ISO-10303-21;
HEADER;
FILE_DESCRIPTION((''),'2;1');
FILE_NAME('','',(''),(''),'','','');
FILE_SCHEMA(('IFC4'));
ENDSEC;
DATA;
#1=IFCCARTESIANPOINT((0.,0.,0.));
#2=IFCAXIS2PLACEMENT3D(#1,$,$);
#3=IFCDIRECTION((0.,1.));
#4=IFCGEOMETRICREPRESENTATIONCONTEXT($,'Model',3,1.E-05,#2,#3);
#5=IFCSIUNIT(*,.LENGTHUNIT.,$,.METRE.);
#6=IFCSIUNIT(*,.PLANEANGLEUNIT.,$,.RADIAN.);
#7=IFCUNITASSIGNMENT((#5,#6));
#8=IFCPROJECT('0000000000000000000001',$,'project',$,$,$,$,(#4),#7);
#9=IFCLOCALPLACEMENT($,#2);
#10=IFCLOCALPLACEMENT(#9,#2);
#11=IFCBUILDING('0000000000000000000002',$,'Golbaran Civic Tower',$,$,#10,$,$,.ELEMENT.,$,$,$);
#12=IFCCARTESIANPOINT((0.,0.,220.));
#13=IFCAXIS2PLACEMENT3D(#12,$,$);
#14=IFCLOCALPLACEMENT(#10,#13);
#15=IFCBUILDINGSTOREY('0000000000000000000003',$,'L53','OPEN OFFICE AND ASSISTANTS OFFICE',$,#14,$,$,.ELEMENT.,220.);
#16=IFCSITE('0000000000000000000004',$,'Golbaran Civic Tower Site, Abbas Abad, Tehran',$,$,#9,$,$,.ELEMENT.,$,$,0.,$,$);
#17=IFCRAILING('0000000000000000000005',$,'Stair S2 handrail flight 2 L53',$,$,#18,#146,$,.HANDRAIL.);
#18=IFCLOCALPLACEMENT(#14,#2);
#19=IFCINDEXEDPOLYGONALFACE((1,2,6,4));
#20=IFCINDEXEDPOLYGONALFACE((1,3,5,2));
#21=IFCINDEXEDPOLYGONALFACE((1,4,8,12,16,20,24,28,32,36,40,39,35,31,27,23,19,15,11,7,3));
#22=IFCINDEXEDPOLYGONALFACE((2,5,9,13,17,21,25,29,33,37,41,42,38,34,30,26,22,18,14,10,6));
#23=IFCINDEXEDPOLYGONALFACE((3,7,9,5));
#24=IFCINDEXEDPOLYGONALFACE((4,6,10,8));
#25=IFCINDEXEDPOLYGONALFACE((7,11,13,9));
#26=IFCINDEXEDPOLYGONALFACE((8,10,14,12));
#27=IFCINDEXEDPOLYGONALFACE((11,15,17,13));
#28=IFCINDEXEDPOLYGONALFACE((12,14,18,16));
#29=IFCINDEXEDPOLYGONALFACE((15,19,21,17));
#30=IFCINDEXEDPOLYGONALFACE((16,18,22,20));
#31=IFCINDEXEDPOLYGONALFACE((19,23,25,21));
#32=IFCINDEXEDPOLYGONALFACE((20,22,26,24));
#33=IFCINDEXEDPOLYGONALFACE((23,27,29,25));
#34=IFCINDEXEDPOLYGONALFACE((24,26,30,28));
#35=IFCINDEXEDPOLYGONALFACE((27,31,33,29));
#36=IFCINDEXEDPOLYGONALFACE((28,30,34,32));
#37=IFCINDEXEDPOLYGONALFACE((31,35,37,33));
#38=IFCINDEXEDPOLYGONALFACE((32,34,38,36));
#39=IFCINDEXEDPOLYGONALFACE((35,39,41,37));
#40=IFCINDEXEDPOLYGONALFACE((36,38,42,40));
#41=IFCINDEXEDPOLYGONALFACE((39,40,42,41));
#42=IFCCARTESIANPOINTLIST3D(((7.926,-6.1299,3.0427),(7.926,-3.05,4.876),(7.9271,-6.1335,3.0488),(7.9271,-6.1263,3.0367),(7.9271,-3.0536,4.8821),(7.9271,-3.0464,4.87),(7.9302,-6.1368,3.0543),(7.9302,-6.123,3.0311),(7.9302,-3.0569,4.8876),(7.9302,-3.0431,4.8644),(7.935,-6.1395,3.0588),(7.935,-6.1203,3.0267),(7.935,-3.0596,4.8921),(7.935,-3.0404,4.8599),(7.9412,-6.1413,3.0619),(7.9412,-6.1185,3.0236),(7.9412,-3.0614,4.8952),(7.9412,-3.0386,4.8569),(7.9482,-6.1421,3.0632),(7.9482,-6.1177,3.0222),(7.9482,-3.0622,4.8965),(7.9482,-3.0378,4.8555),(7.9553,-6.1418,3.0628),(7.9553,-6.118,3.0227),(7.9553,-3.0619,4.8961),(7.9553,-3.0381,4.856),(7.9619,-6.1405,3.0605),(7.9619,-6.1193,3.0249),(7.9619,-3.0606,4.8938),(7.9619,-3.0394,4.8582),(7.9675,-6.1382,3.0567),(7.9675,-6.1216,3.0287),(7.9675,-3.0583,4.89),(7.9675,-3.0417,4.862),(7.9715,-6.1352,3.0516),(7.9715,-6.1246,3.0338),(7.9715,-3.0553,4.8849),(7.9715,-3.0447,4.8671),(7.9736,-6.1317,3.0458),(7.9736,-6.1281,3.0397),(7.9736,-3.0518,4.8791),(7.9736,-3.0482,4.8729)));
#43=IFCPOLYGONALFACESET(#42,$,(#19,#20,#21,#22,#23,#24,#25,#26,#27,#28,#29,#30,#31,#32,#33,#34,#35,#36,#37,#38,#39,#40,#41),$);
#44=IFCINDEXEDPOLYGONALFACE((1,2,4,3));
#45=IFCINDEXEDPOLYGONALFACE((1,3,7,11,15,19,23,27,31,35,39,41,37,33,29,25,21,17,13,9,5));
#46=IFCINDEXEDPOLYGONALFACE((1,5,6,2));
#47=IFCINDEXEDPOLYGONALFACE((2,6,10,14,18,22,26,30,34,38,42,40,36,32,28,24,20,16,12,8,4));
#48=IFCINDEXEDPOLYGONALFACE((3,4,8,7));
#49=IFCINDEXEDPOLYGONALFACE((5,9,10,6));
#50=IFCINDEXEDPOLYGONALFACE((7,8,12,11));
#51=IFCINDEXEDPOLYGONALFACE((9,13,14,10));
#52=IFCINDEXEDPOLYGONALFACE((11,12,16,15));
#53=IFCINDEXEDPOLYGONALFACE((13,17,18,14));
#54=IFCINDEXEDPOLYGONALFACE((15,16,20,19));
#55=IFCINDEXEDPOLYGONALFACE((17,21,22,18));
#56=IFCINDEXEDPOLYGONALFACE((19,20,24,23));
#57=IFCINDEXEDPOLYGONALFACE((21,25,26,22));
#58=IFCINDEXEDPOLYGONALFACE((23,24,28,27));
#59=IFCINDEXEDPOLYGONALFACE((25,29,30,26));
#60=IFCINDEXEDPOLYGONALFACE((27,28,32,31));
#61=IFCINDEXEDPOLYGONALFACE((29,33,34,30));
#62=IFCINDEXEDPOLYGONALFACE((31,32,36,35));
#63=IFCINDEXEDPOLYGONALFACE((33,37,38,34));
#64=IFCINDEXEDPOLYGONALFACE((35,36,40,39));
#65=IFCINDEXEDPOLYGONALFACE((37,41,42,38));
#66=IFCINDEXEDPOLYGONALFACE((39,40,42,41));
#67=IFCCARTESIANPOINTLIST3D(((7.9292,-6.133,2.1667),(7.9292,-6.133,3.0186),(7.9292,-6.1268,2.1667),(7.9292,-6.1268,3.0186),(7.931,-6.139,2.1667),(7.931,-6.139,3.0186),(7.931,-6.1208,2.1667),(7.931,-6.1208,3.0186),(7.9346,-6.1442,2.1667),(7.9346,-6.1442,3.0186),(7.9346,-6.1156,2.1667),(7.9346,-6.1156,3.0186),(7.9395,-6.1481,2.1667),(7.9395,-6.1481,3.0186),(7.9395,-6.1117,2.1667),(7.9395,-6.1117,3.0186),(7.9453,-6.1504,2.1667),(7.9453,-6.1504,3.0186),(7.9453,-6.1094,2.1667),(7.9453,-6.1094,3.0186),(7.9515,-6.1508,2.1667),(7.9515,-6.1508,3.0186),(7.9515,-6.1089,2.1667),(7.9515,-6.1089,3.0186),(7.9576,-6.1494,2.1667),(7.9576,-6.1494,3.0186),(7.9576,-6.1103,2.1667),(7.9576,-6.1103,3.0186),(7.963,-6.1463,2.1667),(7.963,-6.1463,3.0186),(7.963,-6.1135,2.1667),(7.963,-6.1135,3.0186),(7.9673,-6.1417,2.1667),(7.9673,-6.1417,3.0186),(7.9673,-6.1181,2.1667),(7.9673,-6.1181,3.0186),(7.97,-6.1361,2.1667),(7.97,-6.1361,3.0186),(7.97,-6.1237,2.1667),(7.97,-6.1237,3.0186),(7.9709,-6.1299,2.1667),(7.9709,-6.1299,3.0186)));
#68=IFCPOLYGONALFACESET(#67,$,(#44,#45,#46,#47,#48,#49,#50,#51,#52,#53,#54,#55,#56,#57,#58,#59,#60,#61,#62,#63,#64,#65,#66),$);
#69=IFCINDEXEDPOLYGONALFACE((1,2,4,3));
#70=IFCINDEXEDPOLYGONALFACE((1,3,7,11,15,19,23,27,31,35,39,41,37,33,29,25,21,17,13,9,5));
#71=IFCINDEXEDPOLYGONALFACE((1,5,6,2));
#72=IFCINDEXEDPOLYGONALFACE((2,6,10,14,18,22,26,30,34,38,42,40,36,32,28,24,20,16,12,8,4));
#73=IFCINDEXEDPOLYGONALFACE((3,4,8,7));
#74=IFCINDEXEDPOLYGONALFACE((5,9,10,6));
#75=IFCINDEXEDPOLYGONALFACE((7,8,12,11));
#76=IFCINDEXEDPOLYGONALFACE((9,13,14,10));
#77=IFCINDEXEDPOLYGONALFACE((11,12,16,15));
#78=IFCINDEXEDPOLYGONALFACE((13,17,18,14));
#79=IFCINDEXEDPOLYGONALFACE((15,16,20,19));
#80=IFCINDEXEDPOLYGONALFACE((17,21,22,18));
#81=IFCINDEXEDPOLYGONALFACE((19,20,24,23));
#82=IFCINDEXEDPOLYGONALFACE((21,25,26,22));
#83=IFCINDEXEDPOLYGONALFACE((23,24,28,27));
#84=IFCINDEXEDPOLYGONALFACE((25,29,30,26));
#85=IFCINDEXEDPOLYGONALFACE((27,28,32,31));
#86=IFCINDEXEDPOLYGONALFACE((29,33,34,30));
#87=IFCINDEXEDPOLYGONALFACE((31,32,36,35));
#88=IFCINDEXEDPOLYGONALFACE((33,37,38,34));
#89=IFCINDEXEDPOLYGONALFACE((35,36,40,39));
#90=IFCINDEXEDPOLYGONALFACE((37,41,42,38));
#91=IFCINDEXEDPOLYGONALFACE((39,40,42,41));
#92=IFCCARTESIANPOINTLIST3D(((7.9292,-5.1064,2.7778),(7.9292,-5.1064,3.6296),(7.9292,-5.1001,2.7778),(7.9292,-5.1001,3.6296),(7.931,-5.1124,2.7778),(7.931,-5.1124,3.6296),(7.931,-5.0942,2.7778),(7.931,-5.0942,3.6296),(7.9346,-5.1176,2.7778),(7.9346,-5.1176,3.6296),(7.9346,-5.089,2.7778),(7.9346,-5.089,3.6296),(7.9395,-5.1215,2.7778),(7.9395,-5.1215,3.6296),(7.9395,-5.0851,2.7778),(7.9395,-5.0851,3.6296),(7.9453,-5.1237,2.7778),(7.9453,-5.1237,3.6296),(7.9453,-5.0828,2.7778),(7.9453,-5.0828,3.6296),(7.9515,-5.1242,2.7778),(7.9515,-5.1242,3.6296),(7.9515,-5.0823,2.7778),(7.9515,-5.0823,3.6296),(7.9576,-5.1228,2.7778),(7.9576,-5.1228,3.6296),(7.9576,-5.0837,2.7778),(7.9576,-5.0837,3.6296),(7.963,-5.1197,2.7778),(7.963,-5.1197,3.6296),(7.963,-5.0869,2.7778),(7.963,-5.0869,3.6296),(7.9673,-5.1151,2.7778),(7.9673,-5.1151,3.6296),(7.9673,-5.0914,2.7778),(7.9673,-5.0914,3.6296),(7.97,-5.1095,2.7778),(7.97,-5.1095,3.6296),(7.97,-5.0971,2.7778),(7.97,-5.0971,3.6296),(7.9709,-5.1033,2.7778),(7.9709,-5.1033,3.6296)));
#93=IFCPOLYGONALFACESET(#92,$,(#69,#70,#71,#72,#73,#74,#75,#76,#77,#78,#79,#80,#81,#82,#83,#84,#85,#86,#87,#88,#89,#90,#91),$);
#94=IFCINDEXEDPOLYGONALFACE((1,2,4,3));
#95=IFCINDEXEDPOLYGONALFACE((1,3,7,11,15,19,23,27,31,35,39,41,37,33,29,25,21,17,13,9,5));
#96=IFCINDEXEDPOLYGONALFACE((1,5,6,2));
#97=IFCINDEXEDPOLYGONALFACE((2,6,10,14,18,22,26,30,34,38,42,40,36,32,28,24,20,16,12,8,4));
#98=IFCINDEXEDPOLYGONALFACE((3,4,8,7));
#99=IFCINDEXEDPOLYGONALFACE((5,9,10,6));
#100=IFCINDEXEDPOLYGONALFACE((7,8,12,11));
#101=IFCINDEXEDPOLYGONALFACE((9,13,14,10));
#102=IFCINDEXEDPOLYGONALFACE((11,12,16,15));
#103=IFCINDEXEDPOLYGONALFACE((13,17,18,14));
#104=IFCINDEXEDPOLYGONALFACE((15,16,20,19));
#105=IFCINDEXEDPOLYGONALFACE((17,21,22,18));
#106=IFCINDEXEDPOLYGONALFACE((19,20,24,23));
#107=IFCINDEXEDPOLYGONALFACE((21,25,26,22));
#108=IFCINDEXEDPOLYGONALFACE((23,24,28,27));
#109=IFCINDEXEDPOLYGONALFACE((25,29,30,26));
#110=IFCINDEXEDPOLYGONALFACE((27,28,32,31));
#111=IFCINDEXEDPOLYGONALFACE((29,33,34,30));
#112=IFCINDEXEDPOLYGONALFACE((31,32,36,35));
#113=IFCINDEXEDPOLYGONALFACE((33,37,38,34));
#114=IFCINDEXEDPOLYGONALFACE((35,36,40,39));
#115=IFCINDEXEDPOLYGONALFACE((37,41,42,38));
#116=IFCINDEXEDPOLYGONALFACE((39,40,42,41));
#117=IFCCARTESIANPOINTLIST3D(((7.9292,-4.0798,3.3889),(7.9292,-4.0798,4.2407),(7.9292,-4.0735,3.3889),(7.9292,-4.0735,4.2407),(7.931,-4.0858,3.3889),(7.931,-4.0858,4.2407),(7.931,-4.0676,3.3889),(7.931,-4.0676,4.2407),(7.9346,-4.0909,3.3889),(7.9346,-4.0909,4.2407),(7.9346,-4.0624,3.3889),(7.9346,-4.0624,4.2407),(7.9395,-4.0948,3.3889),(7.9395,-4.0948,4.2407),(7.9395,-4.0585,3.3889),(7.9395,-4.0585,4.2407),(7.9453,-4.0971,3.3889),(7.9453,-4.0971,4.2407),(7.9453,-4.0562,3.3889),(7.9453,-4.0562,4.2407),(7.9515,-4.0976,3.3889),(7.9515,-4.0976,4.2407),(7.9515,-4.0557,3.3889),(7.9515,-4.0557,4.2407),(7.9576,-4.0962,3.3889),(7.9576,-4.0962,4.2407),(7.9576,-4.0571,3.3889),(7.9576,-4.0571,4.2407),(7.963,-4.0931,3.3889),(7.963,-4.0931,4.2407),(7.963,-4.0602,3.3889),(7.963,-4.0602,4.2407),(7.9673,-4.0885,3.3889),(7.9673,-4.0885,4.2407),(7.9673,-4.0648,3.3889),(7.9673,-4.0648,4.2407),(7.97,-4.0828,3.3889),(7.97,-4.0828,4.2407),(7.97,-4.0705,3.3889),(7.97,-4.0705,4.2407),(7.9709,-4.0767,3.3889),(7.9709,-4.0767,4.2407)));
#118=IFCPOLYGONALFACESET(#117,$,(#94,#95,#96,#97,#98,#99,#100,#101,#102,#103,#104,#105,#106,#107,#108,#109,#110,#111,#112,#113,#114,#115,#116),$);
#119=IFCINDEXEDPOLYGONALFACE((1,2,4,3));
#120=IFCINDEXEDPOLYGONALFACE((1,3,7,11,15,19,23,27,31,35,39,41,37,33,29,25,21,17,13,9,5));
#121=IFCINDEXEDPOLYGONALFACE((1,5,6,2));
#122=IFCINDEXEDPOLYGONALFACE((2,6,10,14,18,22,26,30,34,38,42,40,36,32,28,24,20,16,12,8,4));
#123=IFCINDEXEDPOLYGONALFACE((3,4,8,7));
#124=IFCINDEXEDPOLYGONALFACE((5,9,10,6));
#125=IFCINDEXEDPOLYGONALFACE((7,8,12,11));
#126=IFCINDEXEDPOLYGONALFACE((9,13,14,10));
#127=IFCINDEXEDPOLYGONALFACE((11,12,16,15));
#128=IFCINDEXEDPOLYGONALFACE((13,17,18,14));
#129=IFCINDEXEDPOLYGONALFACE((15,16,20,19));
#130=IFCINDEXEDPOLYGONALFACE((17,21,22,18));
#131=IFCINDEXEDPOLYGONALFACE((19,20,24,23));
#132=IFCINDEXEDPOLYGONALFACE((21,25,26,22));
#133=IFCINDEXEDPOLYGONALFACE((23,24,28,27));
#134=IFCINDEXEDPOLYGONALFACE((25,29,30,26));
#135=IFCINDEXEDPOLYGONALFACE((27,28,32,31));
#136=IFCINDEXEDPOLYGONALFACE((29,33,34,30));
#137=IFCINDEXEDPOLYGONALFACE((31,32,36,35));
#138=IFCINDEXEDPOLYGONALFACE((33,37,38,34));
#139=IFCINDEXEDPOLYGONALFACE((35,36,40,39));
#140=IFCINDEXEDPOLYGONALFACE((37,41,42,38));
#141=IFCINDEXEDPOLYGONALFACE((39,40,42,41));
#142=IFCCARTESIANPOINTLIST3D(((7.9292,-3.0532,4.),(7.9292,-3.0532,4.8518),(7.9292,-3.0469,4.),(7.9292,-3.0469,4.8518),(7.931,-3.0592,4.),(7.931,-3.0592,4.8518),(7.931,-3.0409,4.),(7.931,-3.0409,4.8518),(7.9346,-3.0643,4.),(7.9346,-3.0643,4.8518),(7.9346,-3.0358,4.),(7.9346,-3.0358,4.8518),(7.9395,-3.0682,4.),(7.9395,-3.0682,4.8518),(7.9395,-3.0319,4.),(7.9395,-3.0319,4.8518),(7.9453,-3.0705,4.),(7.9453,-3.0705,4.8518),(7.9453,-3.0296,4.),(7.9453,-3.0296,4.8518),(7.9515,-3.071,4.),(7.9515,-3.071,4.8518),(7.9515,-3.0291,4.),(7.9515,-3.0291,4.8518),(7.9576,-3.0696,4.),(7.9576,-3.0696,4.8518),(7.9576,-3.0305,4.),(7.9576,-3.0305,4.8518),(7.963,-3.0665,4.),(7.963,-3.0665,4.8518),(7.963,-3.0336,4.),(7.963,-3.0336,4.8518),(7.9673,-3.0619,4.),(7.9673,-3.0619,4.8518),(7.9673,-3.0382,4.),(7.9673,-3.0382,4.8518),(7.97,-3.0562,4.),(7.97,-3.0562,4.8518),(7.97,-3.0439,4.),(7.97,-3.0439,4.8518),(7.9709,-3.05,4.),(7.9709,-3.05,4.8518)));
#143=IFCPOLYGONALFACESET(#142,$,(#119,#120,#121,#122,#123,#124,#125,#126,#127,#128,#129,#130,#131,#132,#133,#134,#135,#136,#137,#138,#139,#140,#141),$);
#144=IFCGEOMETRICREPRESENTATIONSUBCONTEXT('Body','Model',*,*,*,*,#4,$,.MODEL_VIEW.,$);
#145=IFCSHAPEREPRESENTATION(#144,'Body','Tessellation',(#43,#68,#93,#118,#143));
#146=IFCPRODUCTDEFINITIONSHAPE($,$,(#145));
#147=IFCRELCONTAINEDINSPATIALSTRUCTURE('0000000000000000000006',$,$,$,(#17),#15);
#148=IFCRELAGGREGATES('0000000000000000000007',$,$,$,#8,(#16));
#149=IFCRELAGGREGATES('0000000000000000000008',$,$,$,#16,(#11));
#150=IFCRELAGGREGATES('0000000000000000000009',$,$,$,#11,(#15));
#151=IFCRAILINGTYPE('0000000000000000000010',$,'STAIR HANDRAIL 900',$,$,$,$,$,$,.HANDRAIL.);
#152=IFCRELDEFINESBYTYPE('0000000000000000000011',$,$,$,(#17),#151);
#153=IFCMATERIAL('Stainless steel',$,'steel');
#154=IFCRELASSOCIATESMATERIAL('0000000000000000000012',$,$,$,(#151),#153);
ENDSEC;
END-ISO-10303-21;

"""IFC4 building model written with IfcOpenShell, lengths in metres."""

from ifc_helpers import new_model, si_unit, direction, frame, origin, origin_2d, place, context, subcontext, project, spatial, circle, extrude, material, type_object, element, save


model = new_model("IFC4")

# Units and contexts
model_context = context("Model", 3, precision=1e-05, world=origin(), true_north=direction((0.0, 1.0)))
body_context = subcontext(model_context, "Body", "Model", "MODEL_VIEW")
ifc_project = project(units=[si_unit("LENGTHUNIT", "METRE"), si_unit("PLANEANGLEUNIT", "RADIAN")], contexts=[model_context])

# Site, building, storey
site_placement = place(None, origin())
site = spatial("IfcSite", under=ifc_project, at=site_placement, Name="Golbaran Civic Tower Site, Abbas Abad, Tehran", CompositionType="ELEMENT", RefElevation=0.0)
building_placement = place(site_placement, origin())
building = spatial("IfcBuilding", under=site, at=building_placement, Name="Golbaran Civic Tower", CompositionType="ELEMENT")
storey_placement = place(building_placement, frame((0.0, 0.0, 220.0)))
storey = spatial("IfcBuildingStorey", under=building, at=storey_placement, Name="L53", Description="OPEN OFFICE AND ASSISTANTS OFFICE", CompositionType="ELEMENT", Elevation=220.0)

# Railing
ifc_material_1 = material(Name="Stainless steel", Category="steel")
railing_type = type_object("IfcRailingType", Name="STAIR HANDRAIL 900", PredefinedType="HANDRAIL", material=ifc_material_1)
railing_1_placement = place(storey_placement, frame((7.95, -6.1299, 2.1667)))
element("IfcRailing", 1, at=railing_1_placement, inside=storey, type_object=railing_type, Name="Stair S2 handrail flight 2 L53", PredefinedType="HANDRAIL", context=body_context, shape_type="SweptSolid", body=[
    extrude(circle(Radius=0.0239, at=origin_2d()), frame((0.0, 0.0, 0.876), z_axis=(0.0, 0.859291, 0.511487), x_axis=(-1.0, 0.0, 0.0)), (0.0, 0.0, 1.0), 3.5842),
    extrude(circle(Radius=0.021, at=origin_2d()), origin(), (0.0, 0.0, 1.0), 0.8518),
    extrude(circle(Radius=0.021, at=origin_2d()), frame((0.0, 1.0266, 0.6111)), (0.0, 0.0, 1.0), 0.8518),
    extrude(circle(Radius=0.021, at=origin_2d()), frame((0.0, 2.0532, 1.2222)), (0.0, 0.0, 1.0), 0.8518),
    extrude(circle(Radius=0.021, at=origin_2d()), frame((0.0, 3.0798, 1.8333)), (0.0, 0.0, 1.0), 0.8518),
])

save(model, "model.ifc")
